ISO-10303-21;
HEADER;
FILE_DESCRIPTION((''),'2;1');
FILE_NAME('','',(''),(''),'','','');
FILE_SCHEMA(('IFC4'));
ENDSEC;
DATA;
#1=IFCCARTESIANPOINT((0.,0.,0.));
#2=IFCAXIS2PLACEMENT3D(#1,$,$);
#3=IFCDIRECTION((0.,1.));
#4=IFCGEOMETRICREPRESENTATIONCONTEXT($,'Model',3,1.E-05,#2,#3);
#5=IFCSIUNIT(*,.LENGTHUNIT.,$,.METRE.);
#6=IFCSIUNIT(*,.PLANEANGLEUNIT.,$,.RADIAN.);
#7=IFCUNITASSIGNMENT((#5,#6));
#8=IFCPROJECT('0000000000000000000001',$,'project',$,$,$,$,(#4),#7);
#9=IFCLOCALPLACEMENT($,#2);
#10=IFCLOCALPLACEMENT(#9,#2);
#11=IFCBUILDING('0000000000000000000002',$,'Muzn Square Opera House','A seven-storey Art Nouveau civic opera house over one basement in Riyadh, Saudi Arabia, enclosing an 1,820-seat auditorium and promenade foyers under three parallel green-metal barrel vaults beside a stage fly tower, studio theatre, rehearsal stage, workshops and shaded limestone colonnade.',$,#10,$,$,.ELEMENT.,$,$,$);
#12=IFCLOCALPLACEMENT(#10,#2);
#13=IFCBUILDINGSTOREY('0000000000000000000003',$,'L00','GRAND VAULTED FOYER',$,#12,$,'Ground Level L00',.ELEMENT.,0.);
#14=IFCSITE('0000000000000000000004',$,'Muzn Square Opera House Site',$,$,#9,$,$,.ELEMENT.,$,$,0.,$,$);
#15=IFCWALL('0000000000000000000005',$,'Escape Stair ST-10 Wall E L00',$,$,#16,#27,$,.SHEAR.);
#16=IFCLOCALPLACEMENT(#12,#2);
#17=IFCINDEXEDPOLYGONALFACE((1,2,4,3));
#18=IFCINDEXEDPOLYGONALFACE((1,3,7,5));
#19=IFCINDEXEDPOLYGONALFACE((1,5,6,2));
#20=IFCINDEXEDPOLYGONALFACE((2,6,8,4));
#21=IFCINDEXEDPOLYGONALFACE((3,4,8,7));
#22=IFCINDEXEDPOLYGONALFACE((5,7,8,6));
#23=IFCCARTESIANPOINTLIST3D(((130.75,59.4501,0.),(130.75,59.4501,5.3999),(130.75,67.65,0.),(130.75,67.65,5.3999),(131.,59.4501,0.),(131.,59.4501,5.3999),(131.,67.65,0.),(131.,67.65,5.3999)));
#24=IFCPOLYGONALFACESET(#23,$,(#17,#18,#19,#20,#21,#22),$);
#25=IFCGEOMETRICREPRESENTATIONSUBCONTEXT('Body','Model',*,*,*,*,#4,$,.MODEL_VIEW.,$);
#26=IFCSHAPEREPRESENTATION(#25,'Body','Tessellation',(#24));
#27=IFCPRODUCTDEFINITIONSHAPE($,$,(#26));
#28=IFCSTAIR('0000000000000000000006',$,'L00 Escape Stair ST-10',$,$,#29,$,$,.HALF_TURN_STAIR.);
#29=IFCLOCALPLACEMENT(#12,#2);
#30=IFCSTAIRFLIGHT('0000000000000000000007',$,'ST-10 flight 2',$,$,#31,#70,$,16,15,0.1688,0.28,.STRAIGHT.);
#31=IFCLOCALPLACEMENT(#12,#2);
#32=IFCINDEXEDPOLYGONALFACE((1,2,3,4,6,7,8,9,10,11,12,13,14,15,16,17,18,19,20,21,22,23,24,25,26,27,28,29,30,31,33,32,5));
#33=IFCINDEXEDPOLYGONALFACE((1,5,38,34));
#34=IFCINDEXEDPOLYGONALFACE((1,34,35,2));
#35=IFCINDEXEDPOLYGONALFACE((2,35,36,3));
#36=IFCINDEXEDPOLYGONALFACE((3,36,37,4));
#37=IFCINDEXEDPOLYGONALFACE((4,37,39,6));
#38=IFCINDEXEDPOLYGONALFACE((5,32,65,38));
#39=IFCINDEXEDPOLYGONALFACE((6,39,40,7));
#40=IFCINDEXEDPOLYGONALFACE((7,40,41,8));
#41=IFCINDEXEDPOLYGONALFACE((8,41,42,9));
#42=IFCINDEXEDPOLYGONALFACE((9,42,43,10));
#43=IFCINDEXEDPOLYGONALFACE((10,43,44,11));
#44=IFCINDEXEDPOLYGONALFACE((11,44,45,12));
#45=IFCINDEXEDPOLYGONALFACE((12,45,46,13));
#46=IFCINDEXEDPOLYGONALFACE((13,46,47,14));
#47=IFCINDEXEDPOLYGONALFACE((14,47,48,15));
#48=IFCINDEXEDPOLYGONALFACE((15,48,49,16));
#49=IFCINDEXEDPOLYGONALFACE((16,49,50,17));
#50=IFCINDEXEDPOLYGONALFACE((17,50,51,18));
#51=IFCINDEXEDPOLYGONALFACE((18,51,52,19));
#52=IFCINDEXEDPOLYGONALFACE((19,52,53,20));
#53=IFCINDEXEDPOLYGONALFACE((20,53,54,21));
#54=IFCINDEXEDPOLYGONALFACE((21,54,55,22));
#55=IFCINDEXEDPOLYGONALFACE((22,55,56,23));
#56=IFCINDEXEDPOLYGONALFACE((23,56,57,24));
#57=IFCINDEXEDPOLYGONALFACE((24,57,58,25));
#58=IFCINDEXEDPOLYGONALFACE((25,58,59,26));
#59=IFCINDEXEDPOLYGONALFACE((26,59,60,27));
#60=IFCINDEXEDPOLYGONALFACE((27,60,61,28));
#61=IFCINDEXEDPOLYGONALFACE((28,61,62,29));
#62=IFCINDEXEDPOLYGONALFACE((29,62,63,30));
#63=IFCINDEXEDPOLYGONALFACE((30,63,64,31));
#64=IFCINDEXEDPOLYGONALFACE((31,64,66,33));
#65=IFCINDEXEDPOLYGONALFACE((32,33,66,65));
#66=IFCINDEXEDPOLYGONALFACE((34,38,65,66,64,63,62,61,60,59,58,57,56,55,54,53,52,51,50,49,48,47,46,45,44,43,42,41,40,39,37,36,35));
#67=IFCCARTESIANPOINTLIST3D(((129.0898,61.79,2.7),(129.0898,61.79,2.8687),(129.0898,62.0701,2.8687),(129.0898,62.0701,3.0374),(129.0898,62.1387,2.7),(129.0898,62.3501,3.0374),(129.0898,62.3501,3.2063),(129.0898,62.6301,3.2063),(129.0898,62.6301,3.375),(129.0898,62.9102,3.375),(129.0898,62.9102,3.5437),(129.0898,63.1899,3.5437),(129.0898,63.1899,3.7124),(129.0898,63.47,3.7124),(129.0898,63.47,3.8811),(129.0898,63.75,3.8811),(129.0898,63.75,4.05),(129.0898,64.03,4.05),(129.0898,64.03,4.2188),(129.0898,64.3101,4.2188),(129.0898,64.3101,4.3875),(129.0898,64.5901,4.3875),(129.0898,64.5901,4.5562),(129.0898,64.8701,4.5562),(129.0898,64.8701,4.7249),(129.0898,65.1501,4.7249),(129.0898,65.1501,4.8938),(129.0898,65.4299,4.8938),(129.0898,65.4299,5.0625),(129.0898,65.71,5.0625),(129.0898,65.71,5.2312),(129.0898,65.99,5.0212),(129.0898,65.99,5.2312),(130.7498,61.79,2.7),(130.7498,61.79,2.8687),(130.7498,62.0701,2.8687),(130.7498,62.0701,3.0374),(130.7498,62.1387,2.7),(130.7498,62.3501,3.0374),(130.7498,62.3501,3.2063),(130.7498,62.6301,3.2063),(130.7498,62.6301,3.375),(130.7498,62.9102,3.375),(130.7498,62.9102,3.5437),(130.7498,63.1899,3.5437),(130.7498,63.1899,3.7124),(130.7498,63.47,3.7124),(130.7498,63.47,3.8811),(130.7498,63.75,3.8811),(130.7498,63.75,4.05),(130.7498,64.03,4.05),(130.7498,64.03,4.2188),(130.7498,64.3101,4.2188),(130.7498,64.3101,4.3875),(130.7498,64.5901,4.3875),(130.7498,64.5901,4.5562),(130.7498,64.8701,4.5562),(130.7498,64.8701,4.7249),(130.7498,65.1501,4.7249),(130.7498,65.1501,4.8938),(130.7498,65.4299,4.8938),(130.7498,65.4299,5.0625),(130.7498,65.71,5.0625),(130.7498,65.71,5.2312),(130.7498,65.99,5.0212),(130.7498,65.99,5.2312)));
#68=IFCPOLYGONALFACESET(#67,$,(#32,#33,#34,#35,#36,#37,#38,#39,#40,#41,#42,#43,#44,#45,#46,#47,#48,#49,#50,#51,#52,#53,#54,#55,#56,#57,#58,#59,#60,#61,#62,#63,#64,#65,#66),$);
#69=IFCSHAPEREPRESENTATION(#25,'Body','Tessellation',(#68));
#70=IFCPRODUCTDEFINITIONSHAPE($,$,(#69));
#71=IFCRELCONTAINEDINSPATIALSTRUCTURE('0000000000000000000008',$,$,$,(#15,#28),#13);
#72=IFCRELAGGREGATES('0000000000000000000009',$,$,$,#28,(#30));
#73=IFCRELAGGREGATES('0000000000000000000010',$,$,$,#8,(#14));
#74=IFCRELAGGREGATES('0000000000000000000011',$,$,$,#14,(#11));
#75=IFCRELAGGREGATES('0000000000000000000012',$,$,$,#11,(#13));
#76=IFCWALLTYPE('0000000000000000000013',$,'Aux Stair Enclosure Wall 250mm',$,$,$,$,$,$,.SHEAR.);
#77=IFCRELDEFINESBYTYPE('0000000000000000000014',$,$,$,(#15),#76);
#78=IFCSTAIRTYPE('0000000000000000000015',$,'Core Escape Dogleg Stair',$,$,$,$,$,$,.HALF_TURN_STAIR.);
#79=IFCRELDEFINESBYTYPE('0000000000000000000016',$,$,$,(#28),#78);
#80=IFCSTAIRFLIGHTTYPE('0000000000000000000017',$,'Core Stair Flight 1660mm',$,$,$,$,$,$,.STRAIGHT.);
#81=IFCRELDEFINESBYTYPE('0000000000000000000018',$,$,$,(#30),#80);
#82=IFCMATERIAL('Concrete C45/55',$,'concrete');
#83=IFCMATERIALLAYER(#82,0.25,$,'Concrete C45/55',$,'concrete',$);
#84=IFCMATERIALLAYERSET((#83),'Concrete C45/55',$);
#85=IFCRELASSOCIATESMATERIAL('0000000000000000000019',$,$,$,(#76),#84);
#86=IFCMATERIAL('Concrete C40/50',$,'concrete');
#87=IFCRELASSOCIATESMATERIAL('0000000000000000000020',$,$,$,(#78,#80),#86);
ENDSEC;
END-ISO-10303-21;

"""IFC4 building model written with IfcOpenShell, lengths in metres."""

from ifc_helpers import new_model, si_unit, direction, frame, frame_2d, origin, place, context, subcontext, project, spatial, polyline, rectangle, outline, extrude, material, layer, layer_set, type_object, element, aggregate, save


model = new_model("IFC4")

# Units and contexts
model_context = context("Model", 3, precision=1e-05, world=origin(), true_north=direction((0.0, 1.0)))
body_context = subcontext(model_context, "Body", "Model", "MODEL_VIEW")
ifc_project = project(units=[si_unit("LENGTHUNIT", "METRE"), si_unit("PLANEANGLEUNIT", "RADIAN")], contexts=[model_context])

# Site, building, storey
site_placement = place(None, origin())
site = spatial("IfcSite", under=ifc_project, at=site_placement, Name="Muzn Square Opera House Site", CompositionType="ELEMENT", RefElevation=0.0)
building_placement = place(site_placement, origin())
building = spatial("IfcBuilding", under=site, at=building_placement, Name="Muzn Square Opera House", Description="A seven-storey Art Nouveau civic opera house over one basement in Riyadh, Saudi Arabia, enclosing an 1,820-seat auditorium and promenade foyers under three parallel green-metal barrel vaults beside a stage fly tower, studio theatre, rehearsal stage, workshops and shaded limestone colonnade.", CompositionType="ELEMENT")
storey_placement = place(building_placement, origin())
storey = spatial("IfcBuildingStorey", under=building, at=storey_placement, Name="L00", Description="GRAND VAULTED FOYER", LongName="Ground Level L00", CompositionType="ELEMENT", Elevation=0.0)

# Shared definitions
ifc_material_1 = material(Name="Concrete C45/55", Category="concrete")

# Shared definitions
ifc_material_2 = material(Name="Concrete C40/50", Category="concrete")

# Wall
ifc_layer_1 = layer(ifc_material_1, 0.25, Name="Concrete C45/55", Category="concrete")
ifc_layer_set_1 = layer_set([ifc_layer_1], Name="Concrete C45/55")
wall_type = type_object("IfcWallType", Name="Aux Stair Enclosure Wall 250mm", PredefinedType="SHEAR", material=ifc_layer_set_1)
wall_placement = place(storey_placement, frame((130.875, 59.45, 0.0), z_axis=(0.0, 0.0, 1.0), x_axis=(0.0, 1.0, 0.0)))
element("IfcWall", 1, at=wall_placement, inside=storey, type_object=wall_type, Name="Escape Stair ST-10 Wall E L00", PredefinedType="SHEAR", context=body_context, shape_type="SweptSolid", body=[
    extrude(rectangle(XDim=8.2, YDim=0.25, at=frame_2d((4.1001, 0.0))), origin(), (0.0, 0.0, 1.0), 5.3999),
])

# Stair, stair flight
stair_type = type_object("IfcStairType", Name="Core Escape Dogleg Stair", PredefinedType="HALF_TURN_STAIR", material=ifc_material_2)
stair_placement = place(storey_placement, origin())
stair = element("IfcStair", 2, at=stair_placement, inside=storey, type_object=stair_type, Name="L00 Escape Stair ST-10", PredefinedType="HALF_TURN_STAIR")
stair_flight_type = type_object("IfcStairFlightType", Name="Core Stair Flight 1660mm", PredefinedType="STRAIGHT", material=ifc_material_2)
stair_flight_placement = place(storey_placement, frame((129.9199, 61.79, 2.7), z_axis=(0.0, 0.0, 1.0), x_axis=(0.0, 1.0, 0.0)))
stair_flight = element("IfcStairFlight", 3, at=stair_flight_placement, type_object=stair_flight_type, Name="ST-10 flight 2", NumberOfRisers=16, NumberOfTreads=15, PredefinedType="STRAIGHT", RiserHeight=0.1688, TreadLength=0.28, context=body_context, shape_type="SweptSolid", body=[
    extrude(outline(polyline([(0.0, 0.0), (0.0, 0.1687), (0.28, 0.1687), (0.28, 0.3374), (0.5601, 0.3374), (0.5601, 0.5063), (0.8401, 0.5063), (0.8401, 0.675), (1.1201, 0.675), (1.1201, 0.8438), (1.3999, 0.8438), (1.3999, 1.0125), (1.6799, 1.0125), (1.6799, 1.1812), (1.96, 1.1812), (1.96, 1.3501), (2.24, 1.3501), (2.24, 1.5188), (2.52, 1.5188), (2.52, 1.6875), (2.8, 1.6875), (2.8, 1.8562), (3.0801, 1.8562), (3.0801, 2.0249), (3.3601, 2.0249), (3.3601, 2.1938), (3.6399, 2.1938), (3.6399, 2.3625), (3.9199, 2.3625), (3.9199, 2.5312), (4.2, 2.5312), (4.2, 2.7), (4.2, 2.3213), (0.3486, 0.0), (0.0, 0.0)])), frame((0.0, 0.8301, 0.0), z_axis=(0.0, -1.0, 0.0), x_axis=(1.0, 0.0, 0.0)), (0.0, 0.0, 1.0), 1.6599),
])
aggregate(stair, [stair_flight])

save(model, "model.ifc")
